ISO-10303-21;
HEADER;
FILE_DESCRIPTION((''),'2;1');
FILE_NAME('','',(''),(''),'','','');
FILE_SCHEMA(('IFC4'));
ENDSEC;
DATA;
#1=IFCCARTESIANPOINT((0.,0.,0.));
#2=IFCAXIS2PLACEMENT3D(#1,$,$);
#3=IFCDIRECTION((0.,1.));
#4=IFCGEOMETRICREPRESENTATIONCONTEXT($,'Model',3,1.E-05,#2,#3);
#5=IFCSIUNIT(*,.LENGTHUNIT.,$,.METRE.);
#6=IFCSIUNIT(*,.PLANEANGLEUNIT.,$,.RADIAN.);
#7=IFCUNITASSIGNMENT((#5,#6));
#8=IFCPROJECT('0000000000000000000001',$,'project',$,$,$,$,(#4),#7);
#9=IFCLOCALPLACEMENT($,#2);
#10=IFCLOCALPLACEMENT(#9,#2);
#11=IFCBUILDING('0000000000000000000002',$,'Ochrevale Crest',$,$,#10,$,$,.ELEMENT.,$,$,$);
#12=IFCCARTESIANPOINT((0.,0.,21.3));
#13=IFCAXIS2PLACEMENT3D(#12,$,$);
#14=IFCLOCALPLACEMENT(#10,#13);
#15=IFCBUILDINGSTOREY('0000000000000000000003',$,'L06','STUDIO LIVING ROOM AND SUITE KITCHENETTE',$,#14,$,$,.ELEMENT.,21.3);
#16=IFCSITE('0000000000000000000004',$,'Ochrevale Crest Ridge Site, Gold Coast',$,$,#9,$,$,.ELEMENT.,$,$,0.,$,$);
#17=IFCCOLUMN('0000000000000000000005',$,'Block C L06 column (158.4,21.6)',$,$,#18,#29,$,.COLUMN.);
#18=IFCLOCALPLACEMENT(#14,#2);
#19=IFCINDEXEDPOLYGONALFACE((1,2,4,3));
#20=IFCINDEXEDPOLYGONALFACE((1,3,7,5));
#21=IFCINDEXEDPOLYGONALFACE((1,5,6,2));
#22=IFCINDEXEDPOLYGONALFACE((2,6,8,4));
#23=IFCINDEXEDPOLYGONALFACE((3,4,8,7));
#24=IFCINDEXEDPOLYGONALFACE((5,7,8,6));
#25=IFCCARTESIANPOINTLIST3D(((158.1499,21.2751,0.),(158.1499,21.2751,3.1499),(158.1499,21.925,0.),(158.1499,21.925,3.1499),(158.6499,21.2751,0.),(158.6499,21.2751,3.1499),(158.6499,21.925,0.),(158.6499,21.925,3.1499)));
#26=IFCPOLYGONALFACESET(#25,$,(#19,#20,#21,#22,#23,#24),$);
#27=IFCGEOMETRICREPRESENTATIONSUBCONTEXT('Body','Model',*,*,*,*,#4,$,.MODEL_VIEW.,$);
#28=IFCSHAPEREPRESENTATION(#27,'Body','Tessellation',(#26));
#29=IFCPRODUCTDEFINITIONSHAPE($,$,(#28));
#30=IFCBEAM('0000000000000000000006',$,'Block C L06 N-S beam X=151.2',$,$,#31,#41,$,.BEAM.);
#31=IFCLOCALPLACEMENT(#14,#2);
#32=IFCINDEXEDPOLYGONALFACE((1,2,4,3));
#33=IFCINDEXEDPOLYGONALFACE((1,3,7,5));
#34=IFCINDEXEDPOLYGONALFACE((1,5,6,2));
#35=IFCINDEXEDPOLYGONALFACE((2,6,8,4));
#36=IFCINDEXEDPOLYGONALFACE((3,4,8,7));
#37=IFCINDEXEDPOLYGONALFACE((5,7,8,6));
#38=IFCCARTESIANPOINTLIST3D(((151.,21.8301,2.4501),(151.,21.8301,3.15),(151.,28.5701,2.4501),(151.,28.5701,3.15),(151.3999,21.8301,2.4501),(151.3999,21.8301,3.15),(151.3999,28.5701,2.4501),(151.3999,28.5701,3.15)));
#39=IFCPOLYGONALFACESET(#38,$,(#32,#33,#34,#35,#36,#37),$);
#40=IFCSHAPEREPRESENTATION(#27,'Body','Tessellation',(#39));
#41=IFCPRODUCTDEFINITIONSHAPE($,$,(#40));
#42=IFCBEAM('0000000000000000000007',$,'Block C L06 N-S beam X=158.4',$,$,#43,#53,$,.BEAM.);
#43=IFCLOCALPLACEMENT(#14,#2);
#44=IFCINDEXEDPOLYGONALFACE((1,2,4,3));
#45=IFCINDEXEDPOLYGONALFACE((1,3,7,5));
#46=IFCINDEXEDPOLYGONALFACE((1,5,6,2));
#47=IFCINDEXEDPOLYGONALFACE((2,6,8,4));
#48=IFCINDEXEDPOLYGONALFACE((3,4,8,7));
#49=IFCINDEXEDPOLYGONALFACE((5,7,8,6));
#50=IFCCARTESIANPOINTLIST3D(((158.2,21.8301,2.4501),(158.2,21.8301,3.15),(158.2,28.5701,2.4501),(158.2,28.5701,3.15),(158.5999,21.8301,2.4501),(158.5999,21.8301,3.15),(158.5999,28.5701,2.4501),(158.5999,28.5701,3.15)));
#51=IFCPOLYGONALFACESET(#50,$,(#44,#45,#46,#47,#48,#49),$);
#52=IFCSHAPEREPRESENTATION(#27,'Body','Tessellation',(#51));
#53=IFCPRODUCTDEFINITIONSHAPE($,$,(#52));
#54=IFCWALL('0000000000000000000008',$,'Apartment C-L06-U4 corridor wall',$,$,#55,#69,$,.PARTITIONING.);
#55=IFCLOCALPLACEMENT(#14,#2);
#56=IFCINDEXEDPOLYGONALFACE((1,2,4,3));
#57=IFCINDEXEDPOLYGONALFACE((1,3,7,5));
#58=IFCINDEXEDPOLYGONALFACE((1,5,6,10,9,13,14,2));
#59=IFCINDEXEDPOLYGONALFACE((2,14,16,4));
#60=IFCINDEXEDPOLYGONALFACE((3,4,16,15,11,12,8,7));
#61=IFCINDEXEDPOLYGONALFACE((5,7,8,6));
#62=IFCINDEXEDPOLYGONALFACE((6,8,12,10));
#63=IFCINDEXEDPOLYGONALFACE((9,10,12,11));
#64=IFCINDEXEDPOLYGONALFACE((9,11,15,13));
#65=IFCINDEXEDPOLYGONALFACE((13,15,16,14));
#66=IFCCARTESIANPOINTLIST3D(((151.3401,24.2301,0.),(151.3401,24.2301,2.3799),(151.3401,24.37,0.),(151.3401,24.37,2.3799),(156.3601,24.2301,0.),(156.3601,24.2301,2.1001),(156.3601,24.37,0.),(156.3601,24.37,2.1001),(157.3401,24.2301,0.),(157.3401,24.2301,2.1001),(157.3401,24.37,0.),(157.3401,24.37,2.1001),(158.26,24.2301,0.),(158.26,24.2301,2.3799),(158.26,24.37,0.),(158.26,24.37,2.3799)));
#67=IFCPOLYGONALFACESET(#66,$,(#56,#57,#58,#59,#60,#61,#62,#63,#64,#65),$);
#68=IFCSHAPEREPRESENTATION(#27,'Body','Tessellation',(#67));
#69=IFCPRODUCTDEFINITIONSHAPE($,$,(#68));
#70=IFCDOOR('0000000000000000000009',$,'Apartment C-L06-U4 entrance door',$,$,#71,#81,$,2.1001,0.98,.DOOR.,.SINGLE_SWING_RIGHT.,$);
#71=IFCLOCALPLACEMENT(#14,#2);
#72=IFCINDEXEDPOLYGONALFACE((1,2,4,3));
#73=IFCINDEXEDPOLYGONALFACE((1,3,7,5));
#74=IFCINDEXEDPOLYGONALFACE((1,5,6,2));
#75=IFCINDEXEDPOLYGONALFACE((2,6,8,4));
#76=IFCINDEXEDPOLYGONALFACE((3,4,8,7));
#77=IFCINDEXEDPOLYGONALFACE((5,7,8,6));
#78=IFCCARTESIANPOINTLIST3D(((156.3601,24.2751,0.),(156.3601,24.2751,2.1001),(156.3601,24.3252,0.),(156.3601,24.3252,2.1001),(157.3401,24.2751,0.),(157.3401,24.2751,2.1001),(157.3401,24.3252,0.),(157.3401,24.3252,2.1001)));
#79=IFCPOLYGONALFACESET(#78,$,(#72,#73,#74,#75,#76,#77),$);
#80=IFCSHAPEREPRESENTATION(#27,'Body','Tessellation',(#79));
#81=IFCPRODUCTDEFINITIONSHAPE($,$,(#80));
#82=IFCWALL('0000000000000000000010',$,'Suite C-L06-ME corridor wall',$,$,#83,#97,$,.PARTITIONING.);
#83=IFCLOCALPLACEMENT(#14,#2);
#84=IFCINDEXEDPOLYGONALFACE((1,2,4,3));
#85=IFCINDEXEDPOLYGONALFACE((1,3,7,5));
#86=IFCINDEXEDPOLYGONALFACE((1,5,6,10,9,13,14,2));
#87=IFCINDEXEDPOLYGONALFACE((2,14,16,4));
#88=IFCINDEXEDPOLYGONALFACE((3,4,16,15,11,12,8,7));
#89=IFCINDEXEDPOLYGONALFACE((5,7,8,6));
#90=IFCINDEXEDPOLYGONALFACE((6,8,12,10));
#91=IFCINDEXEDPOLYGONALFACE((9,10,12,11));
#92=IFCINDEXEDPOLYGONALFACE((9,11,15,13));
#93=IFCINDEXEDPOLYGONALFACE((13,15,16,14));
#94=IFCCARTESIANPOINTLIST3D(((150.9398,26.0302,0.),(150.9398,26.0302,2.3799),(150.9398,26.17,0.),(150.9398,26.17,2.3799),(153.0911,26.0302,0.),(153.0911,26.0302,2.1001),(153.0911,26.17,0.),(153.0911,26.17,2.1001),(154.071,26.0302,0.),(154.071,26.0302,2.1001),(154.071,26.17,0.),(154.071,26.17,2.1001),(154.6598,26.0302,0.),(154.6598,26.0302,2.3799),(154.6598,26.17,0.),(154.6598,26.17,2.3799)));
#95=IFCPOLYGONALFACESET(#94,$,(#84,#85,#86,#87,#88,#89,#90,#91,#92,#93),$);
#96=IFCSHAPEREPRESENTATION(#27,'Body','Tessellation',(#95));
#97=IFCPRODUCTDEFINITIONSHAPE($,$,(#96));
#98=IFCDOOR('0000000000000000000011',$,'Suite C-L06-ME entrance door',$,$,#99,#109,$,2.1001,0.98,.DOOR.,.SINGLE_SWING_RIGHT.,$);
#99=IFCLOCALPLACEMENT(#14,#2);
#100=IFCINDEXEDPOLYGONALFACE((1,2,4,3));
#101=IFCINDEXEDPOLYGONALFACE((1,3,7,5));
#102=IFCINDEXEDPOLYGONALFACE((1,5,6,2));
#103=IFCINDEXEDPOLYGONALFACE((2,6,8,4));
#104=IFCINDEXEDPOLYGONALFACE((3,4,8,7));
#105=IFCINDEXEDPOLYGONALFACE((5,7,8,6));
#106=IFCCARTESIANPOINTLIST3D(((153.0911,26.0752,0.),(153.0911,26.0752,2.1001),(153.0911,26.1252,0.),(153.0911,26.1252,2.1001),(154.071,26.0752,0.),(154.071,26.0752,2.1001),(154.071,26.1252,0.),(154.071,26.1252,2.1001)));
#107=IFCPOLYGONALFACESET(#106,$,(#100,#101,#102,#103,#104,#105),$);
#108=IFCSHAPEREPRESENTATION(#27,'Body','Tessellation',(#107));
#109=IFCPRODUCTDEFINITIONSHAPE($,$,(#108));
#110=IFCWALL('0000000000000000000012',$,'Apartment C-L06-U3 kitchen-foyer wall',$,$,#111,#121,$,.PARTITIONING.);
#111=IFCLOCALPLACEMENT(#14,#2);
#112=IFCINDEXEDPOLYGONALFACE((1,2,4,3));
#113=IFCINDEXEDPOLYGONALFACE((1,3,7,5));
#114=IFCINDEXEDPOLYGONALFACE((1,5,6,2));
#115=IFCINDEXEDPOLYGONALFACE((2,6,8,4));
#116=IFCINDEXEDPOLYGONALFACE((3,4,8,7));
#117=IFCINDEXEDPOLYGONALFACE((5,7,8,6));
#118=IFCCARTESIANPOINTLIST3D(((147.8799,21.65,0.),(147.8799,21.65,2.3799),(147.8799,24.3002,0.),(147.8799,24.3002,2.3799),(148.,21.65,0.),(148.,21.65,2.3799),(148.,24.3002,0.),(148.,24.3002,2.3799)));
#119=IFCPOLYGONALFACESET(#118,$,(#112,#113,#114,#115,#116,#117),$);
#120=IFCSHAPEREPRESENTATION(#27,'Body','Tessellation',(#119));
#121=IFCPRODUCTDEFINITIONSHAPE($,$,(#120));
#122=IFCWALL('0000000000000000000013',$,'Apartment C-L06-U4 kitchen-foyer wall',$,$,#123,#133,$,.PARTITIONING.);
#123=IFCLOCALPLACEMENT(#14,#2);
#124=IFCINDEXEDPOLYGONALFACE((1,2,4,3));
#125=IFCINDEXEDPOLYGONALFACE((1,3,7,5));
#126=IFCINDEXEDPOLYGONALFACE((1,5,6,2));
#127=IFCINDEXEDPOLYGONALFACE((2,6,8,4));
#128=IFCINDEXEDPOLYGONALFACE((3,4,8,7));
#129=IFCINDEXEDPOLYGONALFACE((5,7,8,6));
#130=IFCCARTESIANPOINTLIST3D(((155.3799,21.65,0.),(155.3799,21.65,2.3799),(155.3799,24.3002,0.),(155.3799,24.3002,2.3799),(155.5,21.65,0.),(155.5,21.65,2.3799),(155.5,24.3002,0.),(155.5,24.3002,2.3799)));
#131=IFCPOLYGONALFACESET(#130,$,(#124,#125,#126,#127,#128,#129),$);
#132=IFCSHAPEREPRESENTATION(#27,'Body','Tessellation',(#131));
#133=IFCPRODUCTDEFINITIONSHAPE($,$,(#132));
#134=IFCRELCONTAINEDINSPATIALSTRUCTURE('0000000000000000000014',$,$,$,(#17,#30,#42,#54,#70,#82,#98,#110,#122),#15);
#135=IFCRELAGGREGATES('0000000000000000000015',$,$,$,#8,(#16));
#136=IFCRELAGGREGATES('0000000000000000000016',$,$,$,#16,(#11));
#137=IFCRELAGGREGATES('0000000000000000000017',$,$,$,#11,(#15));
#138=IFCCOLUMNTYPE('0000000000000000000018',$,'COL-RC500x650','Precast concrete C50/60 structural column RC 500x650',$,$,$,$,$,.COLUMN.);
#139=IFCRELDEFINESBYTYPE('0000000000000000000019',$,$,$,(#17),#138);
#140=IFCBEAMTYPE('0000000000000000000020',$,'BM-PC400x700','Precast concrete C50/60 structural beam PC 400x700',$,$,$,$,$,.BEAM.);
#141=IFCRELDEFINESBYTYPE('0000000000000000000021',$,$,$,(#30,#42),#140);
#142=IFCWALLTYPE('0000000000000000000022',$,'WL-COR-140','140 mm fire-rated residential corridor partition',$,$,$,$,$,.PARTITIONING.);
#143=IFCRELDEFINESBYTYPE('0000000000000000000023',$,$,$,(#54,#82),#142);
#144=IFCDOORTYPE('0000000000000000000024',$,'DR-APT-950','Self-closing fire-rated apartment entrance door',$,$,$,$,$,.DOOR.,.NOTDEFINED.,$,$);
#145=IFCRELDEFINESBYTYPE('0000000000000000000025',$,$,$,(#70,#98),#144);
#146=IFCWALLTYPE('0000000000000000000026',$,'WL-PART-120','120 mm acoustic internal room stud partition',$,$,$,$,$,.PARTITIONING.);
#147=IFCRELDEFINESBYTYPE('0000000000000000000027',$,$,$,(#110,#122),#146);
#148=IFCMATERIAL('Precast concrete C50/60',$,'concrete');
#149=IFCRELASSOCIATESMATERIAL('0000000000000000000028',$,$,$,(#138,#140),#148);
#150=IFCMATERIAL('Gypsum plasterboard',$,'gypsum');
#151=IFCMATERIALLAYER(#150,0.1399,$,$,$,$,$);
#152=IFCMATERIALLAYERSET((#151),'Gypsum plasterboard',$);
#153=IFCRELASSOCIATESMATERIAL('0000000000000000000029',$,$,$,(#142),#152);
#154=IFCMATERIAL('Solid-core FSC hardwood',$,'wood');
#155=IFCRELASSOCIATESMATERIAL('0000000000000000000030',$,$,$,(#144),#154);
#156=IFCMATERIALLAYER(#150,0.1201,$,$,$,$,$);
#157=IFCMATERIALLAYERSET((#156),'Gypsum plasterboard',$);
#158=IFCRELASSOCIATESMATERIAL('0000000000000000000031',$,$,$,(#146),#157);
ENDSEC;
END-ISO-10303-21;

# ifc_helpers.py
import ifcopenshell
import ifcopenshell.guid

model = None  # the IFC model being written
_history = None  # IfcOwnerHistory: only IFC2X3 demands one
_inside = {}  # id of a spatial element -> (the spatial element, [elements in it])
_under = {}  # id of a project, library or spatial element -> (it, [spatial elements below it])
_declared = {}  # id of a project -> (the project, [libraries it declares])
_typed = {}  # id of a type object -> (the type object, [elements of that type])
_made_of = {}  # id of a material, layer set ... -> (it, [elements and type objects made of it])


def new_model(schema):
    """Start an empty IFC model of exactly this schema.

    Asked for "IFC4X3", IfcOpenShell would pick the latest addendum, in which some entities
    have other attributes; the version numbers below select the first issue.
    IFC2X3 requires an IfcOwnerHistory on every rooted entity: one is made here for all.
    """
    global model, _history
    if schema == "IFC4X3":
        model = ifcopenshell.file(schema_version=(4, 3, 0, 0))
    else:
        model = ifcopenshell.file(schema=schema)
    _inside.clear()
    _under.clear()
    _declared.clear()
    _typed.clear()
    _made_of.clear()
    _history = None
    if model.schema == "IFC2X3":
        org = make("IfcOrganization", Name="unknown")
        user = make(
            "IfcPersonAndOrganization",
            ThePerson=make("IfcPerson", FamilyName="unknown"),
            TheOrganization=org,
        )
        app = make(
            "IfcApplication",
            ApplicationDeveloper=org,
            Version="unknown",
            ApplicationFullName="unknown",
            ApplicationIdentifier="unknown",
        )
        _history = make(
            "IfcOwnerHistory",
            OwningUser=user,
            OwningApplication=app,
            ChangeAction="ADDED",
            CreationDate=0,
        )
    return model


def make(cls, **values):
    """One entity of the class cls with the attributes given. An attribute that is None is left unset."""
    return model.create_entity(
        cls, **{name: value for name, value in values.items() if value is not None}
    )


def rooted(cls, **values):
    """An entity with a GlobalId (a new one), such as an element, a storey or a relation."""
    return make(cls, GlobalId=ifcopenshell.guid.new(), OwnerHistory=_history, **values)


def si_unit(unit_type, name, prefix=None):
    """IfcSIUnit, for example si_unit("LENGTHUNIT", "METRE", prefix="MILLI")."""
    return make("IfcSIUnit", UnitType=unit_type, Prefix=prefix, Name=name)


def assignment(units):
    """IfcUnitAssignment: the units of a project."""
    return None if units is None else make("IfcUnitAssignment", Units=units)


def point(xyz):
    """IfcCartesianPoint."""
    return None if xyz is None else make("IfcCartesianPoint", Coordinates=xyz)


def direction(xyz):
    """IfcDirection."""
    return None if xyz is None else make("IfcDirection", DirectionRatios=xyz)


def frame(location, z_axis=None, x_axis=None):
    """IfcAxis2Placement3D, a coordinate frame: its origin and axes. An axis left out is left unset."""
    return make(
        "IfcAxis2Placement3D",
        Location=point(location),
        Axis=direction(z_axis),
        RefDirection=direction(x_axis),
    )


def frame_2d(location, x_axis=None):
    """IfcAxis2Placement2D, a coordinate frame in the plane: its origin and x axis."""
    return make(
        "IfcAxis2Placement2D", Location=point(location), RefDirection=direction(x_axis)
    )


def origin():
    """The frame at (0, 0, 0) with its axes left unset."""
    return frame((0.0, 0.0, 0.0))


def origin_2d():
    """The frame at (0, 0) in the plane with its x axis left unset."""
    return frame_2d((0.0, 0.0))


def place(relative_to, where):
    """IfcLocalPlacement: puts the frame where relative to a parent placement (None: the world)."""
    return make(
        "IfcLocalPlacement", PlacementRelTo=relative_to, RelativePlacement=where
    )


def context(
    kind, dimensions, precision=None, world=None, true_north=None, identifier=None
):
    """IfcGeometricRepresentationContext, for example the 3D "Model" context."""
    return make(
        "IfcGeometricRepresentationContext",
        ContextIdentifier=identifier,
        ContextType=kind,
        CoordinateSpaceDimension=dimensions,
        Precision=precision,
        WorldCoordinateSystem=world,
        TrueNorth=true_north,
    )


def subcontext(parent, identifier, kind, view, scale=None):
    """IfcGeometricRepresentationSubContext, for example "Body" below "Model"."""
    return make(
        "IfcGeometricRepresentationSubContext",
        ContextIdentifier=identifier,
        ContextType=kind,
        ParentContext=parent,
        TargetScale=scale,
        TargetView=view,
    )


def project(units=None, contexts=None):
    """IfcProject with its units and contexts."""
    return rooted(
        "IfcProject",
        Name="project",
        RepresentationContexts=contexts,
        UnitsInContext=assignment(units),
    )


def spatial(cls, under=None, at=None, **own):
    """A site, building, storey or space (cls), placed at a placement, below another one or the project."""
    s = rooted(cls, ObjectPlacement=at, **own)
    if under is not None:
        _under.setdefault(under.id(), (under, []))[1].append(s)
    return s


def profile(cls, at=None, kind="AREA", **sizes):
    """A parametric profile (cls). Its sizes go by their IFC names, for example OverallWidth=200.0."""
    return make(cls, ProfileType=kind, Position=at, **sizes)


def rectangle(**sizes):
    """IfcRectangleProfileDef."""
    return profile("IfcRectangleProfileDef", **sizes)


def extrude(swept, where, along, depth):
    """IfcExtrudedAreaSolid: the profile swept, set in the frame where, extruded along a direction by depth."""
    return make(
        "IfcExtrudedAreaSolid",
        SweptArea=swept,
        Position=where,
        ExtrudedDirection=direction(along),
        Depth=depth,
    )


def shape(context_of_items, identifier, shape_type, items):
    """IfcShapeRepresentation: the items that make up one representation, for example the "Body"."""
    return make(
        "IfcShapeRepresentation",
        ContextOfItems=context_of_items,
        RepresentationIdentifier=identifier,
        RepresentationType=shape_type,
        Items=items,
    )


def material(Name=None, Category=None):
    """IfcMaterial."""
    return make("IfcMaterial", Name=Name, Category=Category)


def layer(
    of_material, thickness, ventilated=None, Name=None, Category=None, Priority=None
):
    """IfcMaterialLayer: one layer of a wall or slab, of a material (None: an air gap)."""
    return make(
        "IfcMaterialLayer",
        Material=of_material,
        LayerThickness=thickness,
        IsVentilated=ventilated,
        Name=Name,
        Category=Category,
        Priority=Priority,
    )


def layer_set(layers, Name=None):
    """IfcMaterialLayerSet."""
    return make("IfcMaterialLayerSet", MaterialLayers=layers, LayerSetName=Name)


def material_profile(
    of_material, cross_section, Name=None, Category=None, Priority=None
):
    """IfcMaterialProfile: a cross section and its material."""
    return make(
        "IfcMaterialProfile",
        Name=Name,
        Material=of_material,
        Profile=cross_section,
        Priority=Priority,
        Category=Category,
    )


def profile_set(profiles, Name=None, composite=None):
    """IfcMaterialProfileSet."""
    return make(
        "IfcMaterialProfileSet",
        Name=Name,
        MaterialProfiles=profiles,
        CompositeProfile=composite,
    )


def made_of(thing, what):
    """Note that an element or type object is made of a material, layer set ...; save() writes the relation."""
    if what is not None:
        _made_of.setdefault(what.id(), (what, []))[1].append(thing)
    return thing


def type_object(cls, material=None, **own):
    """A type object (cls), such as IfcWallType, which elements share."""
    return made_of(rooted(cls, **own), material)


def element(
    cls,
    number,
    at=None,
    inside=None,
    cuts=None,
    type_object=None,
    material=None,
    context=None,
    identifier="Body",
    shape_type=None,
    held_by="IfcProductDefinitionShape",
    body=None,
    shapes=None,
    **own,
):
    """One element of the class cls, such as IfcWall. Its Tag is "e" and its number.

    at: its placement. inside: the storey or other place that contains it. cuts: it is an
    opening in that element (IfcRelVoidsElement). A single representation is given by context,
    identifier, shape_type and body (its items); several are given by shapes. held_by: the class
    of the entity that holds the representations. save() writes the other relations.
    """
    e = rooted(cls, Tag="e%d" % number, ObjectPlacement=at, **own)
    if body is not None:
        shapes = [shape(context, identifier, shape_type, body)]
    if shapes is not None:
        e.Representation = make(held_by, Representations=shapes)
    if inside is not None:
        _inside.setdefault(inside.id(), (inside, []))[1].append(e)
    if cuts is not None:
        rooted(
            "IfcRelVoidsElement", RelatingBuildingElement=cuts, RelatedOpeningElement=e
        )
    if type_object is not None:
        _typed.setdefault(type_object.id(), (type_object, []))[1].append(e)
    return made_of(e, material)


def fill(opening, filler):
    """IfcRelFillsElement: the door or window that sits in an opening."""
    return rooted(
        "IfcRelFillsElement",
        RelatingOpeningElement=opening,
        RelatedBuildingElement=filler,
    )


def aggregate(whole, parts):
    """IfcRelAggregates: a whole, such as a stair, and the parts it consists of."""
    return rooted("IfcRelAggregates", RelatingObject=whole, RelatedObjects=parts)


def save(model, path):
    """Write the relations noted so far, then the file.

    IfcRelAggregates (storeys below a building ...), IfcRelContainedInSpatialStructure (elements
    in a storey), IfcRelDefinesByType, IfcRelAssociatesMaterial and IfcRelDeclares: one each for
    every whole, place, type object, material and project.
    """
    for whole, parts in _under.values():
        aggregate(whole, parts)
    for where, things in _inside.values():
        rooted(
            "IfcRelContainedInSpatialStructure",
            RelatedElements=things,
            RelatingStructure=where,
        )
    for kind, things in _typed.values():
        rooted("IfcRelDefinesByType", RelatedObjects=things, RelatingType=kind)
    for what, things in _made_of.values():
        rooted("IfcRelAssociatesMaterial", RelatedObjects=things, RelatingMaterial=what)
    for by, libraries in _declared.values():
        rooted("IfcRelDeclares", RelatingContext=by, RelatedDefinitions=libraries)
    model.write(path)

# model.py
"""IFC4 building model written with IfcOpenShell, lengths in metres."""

from ifc_helpers import new_model, si_unit, direction, frame, frame_2d, origin, origin_2d, place, context, subcontext, project, spatial, rectangle, extrude, material, layer, layer_set, material_profile, profile_set, type_object, element, fill, save


model = new_model("IFC4")

# Units and contexts
model_context = context("Model", 3, precision=1e-05, world=origin(), true_north=direction((0.0, 1.0)))
body_context = subcontext(model_context, "Body", "Model", "MODEL_VIEW")
ifc_project = project(units=[si_unit("LENGTHUNIT", "METRE"), si_unit("PLANEANGLEUNIT", "RADIAN")], contexts=[model_context])

# Site, building, storey
site_placement = place(None, origin())
site = spatial("IfcSite", under=ifc_project, at=site_placement, Name="Ochrevale Crest Ridge Site, Gold Coast", CompositionType="ELEMENT", RefElevation=0.0)
building_placement = place(site_placement, origin())
building = spatial("IfcBuilding", under=site, at=building_placement, Name="Ochrevale Crest", CompositionType="ELEMENT")
storey_placement = place(building_placement, frame((0.0, 0.0, 21.3)))
storey = spatial("IfcBuildingStorey", under=building, at=storey_placement, Name="L06", Description="STUDIO LIVING ROOM AND SUITE KITCHENETTE", CompositionType="ELEMENT", Elevation=21.3)

# Column
ifc_material_1 = material(Name="Precast concrete C50/60", Category="concrete")
ifc_material_profile_1 = material_profile(ifc_material_1, rectangle(XDim=0.5, YDim=0.6499, at=origin_2d()), Name="RC 500x650")
ifc_profile_set_1 = profile_set([ifc_material_profile_1], Name="Precast concrete C50/60")
column_type = type_object("IfcColumnType", Name="COL-RC500x650", Description="Precast concrete C50/60 structural column RC 500x650", PredefinedType="COLUMN", material=ifc_profile_set_1)
column_placement = place(storey_placement, frame((158.3999, 21.6001, 0.0), z_axis=(0.0, 0.0, 1.0), x_axis=(1.0, 0.0, 0.0)))
element("IfcColumn", 1, at=column_placement, inside=storey, type_object=column_type, Name="Block C L06 column (158.4,21.6)", PredefinedType="COLUMN", context=body_context, shape_type="SweptSolid", body=[
    extrude(rectangle(XDim=0.5, YDim=0.6499, at=origin_2d()), origin(), (0.0, 0.0, 1.0), 3.1499),
])

# Beams
ifc_material_profile_2 = material_profile(ifc_material_1, rectangle(XDim=0.3999, YDim=0.7, at=origin_2d()), Name="PC 400x700")
ifc_profile_set_2 = profile_set([ifc_material_profile_2], Name="Precast concrete C50/60")
beam_type = type_object("IfcBeamType", Name="BM-PC400x700", Description="Precast concrete C50/60 structural beam PC 400x700", PredefinedType="BEAM", material=ifc_profile_set_2)
for number, where, z_axis, x_axis, name in (
    (2, (151.2, 21.8301, 2.8), (0.0, 1.0, 0.0), (-1.0, 0.0, 0.0), "Block C L06 N-S beam X=151.2"),
    (3, (158.3999, 21.8301, 2.8), (0.0, 1.0, 0.0), (-1.0, 0.0, 0.0), "Block C L06 N-S beam X=158.4"),
):
    element("IfcBeam", number, at=place(storey_placement, frame(where, z_axis=z_axis, x_axis=x_axis)), inside=storey, type_object=beam_type, Name=name, PredefinedType="BEAM", context=body_context, shape_type="SweptSolid", body=[
        extrude(rectangle(XDim=0.3999, YDim=0.7, at=origin_2d()), origin(), (0.0, 0.0, 1.0), 6.74),
    ])

# Walls, openings, doors
ifc_material_2 = material(Name="Gypsum plasterboard", Category="gypsum")
ifc_layer_1 = layer(ifc_material_2, 0.1399)
ifc_layer_set_1 = layer_set([ifc_layer_1], Name="Gypsum plasterboard")
wall_type_1 = type_object("IfcWallType", Name="WL-COR-140", Description="140 mm fire-rated residential corridor partition", PredefinedType="PARTITIONING", material=ifc_layer_set_1)
wall_1_placement = place(storey_placement, frame((151.3401, 24.3, 0.0), z_axis=(0.0, 0.0, 1.0), x_axis=(1.0, 0.0, 0.0)))
wall_1 = element("IfcWall", 4, at=wall_1_placement, inside=storey, type_object=wall_type_1, Name="Apartment C-L06-U4 corridor wall", PredefinedType="PARTITIONING", context=body_context, shape_type="SweptSolid", body=[
    extrude(rectangle(XDim=6.9199, YDim=0.1399, at=frame_2d((3.46, 0.0))), origin(), (0.0, 0.0, 1.0), 2.3799),
])
opening_1_placement = place(wall_1_placement, frame((6.0, 0.0, 0.0), z_axis=(0.0, 0.0, 1.0), x_axis=(-1.0, 0.0, 0.0)))
opening_1 = element("IfcOpeningElement", 5, at=opening_1_placement, cuts=wall_1, PredefinedType="OPENING", context=body_context, shape_type="SweptSolid", body=[
    extrude(rectangle(XDim=0.98, YDim=2.1001, at=frame_2d((0.49, 1.05))), frame((0.0, 0.0801, 0.0), z_axis=(0.0, -1.0, 0.0), x_axis=(1.0, 0.0, 0.0)), (0.0, 0.0, 1.0), 0.1599),
])
ifc_material_3 = material(Name="Solid-core FSC hardwood", Category="wood")
door_type_1 = type_object("IfcDoorType", Name="DR-APT-950", Description="Self-closing fire-rated apartment entrance door", OperationType="NOTDEFINED", PredefinedType="DOOR", material=ifc_material_3)
door_1_placement = place(opening_1_placement, origin())
door_1 = element("IfcDoor", 6, at=door_1_placement, inside=storey, type_object=door_type_1, Name="Apartment C-L06-U4 entrance door", OperationType="SINGLE_SWING_RIGHT", OverallHeight=2.1001, OverallWidth=0.98, PredefinedType="DOOR", context=body_context, shape_type="SweptSolid", body=[
    extrude(rectangle(XDim=0.98, YDim=2.1001, at=frame_2d((0.49, 1.05))), frame((0.0, 0.0249, 0.0), z_axis=(0.0, -1.0, 0.0), x_axis=(1.0, 0.0, 0.0)), (0.0, 0.0, 1.0), 0.05),
])
fill(opening_1, door_1)
wall_2_placement = place(storey_placement, frame((150.9399, 26.1001, 0.0), z_axis=(0.0, 0.0, 1.0), x_axis=(1.0, 0.0, 0.0)))
wall_2 = element("IfcWall", 7, at=wall_2_placement, inside=storey, type_object=wall_type_1, Name="Suite C-L06-ME corridor wall", PredefinedType="PARTITIONING", context=body_context, shape_type="SweptSolid", body=[
    extrude(rectangle(XDim=3.72, YDim=0.1399, at=frame_2d((1.8599, 0.0))), origin(), (0.0, 0.0, 1.0), 2.3799),
])
opening_2_placement = place(wall_2_placement, frame((3.1311, 0.0, 0.0), z_axis=(0.0, 0.0, 1.0), x_axis=(-1.0, 0.0, 0.0)))
opening_2 = element("IfcOpeningElement", 8, at=opening_2_placement, cuts=wall_2, PredefinedType="OPENING", context=body_context, shape_type="SweptSolid", body=[
    extrude(rectangle(XDim=0.98, YDim=2.1001, at=frame_2d((0.49, 1.05))), frame((0.0, 0.0801, 0.0), z_axis=(0.0, -1.0, 0.0), x_axis=(1.0, 0.0, 0.0)), (0.0, 0.0, 1.0), 0.1599),
])
door_2_placement = place(opening_2_placement, origin())
door_2 = element("IfcDoor", 9, at=door_2_placement, inside=storey, type_object=door_type_1, Name="Suite C-L06-ME entrance door", OperationType="SINGLE_SWING_RIGHT", OverallHeight=2.1001, OverallWidth=0.98, PredefinedType="DOOR", context=body_context, shape_type="SweptSolid", body=[
    extrude(rectangle(XDim=0.98, YDim=2.1001, at=frame_2d((0.49, 1.05))), frame((0.0, 0.0249, 0.0), z_axis=(0.0, -1.0, 0.0), x_axis=(1.0, 0.0, 0.0)), (0.0, 0.0, 1.0), 0.05),
])
fill(opening_2, door_2)

# Walls
ifc_layer_2 = layer(ifc_material_2, 0.1201)
ifc_layer_set_2 = layer_set([ifc_layer_2], Name="Gypsum plasterboard")
wall_type_2 = type_object("IfcWallType", Name="WL-PART-120", Description="120 mm acoustic internal room stud partition", PredefinedType="PARTITIONING", material=ifc_layer_set_2)
for number, where, z_axis, x_axis, name in (
    (10, (147.9399, 21.6499, 0.0), (0.0, 0.0, 1.0), (0.0, 1.0, 0.0), "Apartment C-L06-U3 kitchen-foyer wall"),
    (11, (155.4399, 21.6499, 0.0), (0.0, 0.0, 1.0), (0.0, 1.0, 0.0), "Apartment C-L06-U4 kitchen-foyer wall"),
):
    element("IfcWall", number, at=place(storey_placement, frame(where, z_axis=z_axis, x_axis=x_axis)), inside=storey, type_object=wall_type_2, Name=name, PredefinedType="PARTITIONING", context=body_context, shape_type="SweptSolid", body=[
        extrude(rectangle(XDim=2.6501, YDim=0.1201, at=frame_2d((1.3252, 0.0))), origin(), (0.0, 0.0, 1.0), 2.3799),
    ])

save(model, "model.ifc")
